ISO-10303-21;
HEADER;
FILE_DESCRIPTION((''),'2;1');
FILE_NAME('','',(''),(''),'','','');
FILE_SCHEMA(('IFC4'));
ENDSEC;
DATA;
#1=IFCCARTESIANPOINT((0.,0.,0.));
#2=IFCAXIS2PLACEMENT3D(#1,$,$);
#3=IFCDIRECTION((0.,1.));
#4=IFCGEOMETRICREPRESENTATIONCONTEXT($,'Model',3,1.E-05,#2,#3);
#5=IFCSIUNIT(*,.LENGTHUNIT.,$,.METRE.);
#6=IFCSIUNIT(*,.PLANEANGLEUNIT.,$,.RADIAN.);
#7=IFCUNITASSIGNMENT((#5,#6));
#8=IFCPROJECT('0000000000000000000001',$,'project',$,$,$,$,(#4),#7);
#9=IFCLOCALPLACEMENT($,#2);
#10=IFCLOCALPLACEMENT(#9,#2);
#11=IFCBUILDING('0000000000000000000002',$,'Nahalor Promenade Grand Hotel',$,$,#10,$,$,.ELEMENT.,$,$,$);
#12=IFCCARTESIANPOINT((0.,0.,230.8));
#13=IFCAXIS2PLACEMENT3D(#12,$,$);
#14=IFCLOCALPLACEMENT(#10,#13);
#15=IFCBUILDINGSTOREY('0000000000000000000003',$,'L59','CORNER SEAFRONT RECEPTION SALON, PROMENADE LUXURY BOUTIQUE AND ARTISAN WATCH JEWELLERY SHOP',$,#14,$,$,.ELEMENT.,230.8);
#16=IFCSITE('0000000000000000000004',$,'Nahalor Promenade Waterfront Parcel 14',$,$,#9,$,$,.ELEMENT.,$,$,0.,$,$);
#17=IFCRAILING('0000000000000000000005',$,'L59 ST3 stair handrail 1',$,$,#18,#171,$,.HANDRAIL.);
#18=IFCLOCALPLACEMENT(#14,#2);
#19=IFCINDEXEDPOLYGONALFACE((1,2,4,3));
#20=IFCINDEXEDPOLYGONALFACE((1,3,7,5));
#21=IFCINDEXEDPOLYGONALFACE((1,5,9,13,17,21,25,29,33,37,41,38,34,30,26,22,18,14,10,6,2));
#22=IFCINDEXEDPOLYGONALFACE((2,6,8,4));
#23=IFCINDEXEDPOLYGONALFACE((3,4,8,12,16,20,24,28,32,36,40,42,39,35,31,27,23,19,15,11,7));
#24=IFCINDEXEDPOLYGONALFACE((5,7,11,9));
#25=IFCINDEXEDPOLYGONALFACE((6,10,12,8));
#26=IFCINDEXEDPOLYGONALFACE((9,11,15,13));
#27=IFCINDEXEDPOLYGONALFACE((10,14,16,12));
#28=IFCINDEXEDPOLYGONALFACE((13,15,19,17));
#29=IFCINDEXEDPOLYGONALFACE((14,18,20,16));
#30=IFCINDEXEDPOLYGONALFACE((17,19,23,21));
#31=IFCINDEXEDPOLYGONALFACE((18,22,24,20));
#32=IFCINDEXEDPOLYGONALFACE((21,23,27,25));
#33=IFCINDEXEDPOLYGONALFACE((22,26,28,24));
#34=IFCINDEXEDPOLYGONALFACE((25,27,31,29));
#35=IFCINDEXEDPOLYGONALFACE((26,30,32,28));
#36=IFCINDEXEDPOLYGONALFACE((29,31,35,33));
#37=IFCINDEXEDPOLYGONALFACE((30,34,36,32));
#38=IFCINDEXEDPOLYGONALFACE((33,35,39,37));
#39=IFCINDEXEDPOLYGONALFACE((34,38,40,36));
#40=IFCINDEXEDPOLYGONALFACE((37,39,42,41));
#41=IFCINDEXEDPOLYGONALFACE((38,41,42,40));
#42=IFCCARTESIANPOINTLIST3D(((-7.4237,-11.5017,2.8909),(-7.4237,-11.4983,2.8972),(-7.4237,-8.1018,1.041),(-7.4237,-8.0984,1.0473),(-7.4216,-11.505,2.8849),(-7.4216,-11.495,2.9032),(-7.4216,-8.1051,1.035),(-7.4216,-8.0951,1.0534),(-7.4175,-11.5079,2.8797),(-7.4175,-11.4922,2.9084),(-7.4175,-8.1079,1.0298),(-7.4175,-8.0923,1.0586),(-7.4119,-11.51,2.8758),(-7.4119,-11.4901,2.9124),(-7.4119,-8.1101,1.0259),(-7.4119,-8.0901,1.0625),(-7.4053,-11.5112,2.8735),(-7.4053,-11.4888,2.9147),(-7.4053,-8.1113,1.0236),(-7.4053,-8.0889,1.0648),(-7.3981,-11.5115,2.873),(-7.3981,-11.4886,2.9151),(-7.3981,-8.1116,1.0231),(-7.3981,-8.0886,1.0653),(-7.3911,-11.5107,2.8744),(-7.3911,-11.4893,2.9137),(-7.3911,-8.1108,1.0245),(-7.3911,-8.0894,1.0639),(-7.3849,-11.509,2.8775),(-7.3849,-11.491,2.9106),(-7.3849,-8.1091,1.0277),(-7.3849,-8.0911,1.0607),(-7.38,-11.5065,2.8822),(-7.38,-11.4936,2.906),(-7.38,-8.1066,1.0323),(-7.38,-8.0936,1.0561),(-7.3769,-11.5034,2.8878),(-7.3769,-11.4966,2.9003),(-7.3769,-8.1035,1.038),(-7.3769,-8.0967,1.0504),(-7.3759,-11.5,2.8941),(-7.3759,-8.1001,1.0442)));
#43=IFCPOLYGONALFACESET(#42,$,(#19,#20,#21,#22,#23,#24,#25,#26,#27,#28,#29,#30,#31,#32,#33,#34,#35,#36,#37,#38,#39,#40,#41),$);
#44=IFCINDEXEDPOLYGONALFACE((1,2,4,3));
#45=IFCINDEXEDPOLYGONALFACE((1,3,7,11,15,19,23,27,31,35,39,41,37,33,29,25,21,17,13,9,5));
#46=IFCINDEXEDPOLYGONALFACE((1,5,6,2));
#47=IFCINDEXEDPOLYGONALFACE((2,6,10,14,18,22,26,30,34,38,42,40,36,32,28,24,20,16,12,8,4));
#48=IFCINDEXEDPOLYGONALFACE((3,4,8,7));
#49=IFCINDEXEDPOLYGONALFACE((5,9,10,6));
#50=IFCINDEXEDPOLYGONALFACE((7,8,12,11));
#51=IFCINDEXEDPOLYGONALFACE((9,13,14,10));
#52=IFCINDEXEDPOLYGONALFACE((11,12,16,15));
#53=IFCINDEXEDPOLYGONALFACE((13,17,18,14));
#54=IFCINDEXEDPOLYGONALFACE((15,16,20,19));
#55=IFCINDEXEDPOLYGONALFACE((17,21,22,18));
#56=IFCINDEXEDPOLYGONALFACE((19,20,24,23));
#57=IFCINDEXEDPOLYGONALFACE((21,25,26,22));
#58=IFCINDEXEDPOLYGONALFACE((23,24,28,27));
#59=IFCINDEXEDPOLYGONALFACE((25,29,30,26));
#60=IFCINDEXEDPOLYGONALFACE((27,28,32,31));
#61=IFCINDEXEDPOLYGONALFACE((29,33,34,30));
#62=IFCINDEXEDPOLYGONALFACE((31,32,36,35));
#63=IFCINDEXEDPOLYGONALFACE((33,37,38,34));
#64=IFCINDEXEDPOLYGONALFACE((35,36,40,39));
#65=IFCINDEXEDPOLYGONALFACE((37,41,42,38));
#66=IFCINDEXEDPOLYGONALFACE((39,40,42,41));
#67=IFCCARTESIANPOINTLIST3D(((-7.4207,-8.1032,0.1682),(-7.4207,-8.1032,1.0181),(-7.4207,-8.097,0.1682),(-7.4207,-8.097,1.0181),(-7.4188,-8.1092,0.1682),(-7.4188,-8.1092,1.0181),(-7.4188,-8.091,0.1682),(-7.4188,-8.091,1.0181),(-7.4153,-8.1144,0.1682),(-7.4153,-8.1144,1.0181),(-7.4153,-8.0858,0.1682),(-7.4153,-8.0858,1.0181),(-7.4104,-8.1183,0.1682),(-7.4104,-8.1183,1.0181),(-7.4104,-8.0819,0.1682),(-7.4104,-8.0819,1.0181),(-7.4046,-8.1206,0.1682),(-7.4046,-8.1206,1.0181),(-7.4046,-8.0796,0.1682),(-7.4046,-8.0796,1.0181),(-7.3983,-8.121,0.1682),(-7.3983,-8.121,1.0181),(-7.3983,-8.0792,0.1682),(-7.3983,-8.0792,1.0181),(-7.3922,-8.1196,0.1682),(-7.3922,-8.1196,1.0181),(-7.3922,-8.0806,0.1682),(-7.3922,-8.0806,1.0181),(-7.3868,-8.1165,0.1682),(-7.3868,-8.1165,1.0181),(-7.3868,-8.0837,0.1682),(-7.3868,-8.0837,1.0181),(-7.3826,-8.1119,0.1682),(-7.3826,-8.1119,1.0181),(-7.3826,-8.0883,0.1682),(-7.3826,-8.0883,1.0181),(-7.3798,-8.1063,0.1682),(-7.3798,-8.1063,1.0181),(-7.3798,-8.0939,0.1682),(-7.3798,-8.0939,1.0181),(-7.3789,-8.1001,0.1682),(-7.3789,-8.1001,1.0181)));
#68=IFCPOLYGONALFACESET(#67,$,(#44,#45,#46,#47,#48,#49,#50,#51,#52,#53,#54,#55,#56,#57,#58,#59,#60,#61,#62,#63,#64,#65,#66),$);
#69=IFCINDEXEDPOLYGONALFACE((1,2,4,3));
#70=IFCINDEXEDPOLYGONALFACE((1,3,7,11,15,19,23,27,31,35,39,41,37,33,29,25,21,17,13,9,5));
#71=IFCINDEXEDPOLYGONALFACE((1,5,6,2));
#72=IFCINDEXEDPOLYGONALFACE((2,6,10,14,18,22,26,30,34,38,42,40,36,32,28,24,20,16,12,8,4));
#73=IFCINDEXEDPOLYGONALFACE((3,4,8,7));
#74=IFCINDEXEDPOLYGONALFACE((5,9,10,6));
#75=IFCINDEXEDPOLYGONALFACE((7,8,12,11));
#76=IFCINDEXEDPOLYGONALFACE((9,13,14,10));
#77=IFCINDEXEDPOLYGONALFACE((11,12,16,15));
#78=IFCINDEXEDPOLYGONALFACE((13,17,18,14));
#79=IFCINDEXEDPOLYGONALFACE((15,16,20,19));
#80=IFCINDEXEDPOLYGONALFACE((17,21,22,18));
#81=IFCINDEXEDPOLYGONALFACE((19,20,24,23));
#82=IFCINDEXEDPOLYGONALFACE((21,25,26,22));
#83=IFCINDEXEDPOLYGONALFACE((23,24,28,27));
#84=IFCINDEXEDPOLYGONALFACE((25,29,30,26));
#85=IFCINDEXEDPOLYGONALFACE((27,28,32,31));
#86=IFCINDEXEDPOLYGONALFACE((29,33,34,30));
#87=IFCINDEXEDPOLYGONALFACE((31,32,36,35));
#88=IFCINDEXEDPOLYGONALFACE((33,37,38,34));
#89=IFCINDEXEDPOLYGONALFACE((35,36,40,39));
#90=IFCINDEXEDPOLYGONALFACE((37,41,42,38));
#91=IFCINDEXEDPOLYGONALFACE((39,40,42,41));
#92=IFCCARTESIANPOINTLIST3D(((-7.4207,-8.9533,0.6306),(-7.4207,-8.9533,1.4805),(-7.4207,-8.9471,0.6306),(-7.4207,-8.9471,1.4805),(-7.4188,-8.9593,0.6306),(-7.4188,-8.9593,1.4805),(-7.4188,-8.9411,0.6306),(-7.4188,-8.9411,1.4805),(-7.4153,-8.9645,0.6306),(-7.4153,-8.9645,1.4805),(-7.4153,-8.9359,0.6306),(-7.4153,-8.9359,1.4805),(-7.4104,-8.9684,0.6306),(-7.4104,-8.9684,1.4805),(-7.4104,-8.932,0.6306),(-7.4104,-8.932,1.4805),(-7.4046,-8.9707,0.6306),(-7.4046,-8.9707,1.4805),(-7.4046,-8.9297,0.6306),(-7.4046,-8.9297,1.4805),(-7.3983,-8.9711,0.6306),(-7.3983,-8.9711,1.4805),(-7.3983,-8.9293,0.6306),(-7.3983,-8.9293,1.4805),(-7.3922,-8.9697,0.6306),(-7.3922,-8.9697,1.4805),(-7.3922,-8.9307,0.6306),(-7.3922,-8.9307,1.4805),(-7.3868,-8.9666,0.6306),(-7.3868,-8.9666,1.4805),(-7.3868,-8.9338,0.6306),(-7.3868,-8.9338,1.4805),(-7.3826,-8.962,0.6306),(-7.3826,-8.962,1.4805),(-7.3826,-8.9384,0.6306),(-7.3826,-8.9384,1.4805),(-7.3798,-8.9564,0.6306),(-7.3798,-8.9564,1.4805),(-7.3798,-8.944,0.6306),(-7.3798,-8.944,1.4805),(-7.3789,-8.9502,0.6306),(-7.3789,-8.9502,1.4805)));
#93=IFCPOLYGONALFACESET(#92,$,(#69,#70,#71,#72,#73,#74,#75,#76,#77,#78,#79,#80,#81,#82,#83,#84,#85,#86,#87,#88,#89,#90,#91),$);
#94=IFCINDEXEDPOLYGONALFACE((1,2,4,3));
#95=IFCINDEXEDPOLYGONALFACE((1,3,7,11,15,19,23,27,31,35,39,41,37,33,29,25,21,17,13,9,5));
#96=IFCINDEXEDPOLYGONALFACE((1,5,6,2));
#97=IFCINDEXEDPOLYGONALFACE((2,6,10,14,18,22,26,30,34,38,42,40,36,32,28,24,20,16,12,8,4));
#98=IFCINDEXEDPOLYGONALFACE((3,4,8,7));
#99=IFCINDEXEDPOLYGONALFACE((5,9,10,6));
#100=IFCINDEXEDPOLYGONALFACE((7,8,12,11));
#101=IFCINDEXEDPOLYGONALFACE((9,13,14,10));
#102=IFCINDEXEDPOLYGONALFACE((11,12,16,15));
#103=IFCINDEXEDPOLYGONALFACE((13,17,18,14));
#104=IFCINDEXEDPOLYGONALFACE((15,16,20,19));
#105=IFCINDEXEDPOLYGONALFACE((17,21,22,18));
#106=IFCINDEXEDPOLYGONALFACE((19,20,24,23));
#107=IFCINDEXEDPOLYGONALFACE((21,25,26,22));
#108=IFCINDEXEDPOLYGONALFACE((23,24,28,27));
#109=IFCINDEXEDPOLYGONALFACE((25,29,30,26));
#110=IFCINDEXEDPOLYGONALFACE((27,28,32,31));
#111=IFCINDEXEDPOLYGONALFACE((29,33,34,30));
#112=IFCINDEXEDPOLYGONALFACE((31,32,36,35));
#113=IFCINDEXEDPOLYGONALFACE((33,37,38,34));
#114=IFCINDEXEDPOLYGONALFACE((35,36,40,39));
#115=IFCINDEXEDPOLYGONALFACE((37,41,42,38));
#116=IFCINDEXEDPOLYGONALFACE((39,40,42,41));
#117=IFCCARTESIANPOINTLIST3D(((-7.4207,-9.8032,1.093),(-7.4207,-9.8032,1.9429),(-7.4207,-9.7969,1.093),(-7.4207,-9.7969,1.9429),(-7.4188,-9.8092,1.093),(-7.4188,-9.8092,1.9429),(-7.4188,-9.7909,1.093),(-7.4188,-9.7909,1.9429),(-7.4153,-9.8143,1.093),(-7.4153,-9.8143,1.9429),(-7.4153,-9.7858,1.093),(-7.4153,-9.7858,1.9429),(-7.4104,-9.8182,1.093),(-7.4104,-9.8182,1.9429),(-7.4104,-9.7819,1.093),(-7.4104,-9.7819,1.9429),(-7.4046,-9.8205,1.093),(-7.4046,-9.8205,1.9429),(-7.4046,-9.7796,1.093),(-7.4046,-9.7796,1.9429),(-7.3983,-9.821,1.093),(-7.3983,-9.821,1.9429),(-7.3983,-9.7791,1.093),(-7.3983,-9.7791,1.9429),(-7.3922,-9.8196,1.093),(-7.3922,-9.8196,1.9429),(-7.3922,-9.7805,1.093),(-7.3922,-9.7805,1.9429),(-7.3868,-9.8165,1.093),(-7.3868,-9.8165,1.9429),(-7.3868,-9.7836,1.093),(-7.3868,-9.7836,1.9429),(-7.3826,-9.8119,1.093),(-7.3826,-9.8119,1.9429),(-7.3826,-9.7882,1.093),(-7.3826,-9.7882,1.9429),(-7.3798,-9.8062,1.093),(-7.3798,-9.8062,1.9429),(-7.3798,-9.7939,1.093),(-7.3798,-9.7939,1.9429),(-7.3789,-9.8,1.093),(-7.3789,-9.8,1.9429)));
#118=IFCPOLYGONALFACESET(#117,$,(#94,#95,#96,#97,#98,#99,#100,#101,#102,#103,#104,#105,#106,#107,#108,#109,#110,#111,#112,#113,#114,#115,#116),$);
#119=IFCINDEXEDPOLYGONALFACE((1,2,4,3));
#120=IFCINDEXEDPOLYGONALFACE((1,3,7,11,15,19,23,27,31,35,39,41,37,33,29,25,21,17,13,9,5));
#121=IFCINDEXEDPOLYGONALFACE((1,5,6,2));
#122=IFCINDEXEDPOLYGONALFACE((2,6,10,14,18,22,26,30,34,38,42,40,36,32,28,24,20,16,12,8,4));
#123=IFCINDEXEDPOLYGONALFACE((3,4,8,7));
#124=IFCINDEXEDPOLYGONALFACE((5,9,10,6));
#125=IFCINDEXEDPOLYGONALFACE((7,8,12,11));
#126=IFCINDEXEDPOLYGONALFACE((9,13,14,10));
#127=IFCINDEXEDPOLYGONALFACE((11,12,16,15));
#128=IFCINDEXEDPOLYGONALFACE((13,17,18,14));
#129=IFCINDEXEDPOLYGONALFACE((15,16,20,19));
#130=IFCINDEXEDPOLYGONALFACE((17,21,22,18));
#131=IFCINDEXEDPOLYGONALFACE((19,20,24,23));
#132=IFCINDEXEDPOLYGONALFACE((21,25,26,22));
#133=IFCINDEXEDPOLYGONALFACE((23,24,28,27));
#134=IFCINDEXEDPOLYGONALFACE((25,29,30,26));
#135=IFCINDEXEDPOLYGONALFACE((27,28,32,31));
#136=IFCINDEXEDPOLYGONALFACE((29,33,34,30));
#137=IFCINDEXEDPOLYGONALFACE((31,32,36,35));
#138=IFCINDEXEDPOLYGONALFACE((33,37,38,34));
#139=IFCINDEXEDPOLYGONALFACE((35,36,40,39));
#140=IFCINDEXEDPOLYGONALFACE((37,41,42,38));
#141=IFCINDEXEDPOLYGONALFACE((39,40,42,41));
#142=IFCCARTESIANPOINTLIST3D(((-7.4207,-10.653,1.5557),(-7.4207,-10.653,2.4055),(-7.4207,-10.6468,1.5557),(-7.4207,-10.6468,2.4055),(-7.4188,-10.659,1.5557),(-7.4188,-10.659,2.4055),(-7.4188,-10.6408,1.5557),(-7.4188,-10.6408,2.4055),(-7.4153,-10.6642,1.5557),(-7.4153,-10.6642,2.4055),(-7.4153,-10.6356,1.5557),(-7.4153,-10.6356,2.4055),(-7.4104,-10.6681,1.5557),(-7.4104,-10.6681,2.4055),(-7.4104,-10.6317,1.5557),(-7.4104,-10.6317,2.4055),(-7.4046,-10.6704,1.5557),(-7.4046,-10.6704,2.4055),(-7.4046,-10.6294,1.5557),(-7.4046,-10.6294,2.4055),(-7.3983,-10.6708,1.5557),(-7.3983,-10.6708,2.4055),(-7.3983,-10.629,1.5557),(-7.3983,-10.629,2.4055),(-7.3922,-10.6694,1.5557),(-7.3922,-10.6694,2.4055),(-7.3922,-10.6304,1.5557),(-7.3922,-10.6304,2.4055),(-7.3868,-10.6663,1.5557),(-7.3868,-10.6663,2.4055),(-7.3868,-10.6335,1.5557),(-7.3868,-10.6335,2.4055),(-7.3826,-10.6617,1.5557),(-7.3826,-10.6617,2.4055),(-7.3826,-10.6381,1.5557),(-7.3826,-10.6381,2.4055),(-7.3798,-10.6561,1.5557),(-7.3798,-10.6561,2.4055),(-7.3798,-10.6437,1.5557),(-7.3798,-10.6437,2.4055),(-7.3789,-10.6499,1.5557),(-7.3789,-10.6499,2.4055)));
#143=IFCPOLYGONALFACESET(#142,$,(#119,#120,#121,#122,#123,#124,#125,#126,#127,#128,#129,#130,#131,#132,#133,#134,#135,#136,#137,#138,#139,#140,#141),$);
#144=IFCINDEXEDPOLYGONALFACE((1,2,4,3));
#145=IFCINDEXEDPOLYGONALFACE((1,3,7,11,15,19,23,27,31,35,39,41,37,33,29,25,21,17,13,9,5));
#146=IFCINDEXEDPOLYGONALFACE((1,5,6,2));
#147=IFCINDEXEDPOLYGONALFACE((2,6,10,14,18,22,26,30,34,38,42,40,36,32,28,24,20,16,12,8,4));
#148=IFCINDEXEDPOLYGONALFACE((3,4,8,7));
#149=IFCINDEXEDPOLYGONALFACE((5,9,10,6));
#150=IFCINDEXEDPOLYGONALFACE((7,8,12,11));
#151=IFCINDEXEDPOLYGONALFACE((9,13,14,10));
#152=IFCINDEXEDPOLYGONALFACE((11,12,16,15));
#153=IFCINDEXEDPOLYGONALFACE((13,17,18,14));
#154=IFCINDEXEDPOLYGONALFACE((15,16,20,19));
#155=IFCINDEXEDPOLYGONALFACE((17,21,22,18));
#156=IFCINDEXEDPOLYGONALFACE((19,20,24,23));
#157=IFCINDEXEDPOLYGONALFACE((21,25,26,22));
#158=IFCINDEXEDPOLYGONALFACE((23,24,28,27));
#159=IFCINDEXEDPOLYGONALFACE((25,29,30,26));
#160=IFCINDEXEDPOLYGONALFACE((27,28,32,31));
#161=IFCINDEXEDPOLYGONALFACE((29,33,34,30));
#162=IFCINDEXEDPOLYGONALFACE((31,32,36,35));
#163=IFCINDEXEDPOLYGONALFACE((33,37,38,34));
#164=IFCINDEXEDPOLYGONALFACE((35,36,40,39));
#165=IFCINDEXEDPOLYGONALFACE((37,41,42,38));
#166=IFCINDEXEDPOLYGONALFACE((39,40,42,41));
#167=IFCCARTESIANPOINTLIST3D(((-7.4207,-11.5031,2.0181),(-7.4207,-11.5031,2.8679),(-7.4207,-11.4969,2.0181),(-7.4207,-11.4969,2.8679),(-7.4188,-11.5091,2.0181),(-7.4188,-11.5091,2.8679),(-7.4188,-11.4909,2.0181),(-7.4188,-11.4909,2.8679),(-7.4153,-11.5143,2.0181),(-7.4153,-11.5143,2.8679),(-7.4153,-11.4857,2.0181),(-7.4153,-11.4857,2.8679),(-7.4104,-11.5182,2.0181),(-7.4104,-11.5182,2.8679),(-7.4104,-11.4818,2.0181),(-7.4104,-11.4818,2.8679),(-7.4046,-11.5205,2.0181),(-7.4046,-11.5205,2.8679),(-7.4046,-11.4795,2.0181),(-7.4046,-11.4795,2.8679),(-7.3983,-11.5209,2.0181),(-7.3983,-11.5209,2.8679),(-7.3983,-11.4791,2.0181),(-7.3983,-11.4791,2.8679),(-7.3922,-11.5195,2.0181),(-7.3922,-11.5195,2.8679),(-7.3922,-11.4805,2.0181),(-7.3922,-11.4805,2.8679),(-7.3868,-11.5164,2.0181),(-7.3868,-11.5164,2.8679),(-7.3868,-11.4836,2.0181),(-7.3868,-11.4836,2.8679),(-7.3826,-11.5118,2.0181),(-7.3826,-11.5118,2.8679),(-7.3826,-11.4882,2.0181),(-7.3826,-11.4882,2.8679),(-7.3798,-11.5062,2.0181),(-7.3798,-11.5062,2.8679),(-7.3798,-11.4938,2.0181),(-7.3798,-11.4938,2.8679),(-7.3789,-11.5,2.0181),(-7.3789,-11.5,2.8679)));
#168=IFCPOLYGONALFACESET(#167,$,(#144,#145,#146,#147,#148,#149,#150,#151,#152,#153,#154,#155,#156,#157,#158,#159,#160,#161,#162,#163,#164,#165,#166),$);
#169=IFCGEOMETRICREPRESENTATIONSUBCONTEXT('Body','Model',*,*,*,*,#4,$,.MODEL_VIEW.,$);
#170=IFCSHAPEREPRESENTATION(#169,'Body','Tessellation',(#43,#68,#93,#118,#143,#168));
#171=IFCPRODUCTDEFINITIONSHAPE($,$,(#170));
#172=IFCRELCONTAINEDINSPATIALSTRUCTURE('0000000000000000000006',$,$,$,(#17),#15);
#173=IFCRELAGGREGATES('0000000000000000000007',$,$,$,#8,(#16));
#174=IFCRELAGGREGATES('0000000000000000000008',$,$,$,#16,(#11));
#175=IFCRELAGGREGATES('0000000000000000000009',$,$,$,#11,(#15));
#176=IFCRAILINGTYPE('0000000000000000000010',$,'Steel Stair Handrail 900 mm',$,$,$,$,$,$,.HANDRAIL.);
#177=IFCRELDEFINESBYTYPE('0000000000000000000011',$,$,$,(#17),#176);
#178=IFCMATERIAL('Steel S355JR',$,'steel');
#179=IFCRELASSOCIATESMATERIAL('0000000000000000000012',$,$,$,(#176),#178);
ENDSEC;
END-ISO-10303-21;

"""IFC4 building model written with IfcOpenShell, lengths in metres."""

from ifc_helpers import new_model, si_unit, direction, frame, origin, origin_2d, place, context, subcontext, project, spatial, circle, extrude, material, type_object, element, save


model = new_model("IFC4")

# Units and contexts
model_context = context("Model", 3, precision=1e-05, world=origin(), true_north=direction((0.0, 1.0)))
body_context = subcontext(model_context, "Body", "Model", "MODEL_VIEW")
ifc_project = project(units=[si_unit("LENGTHUNIT", "METRE"), si_unit("PLANEANGLEUNIT", "RADIAN")], contexts=[model_context])

# Site, building, storey
site_placement = place(None, origin())
site = spatial("IfcSite", under=ifc_project, at=site_placement, Name="Nahalor Promenade Waterfront Parcel 14", CompositionType="ELEMENT", RefElevation=0.0)
building_placement = place(site_placement, origin())
building = spatial("IfcBuilding", under=site, at=building_placement, Name="Nahalor Promenade Grand Hotel", CompositionType="ELEMENT")
storey_placement = place(building_placement, frame((0.0, 0.0, 230.8)))
storey = spatial("IfcBuildingStorey", under=building, at=storey_placement, Name="L59", Description="CORNER SEAFRONT RECEPTION SALON, PROMENADE LUXURY BOUTIQUE AND ARTISAN WATCH JEWELLERY SHOP", CompositionType="ELEMENT", Elevation=230.8)

# Shared definitions
ifc_material_1 = material(Name="Steel S355JR", Category="steel")

# Railing
railing_type_1 = type_object("IfcRailingType", Name="Steel Stair Handrail 900 mm", PredefinedType="HANDRAIL", material=ifc_material_1)
railing_1_placement = place(storey_placement, frame((-7.3999, -8.1001, 0.1682)))
element("IfcRailing", 1, at=railing_1_placement, inside=storey, type_object=railing_type_1, Name="L59 ST3 stair handrail 1", PredefinedType="HANDRAIL", context=body_context, shape_type="SweptSolid", body=[
    extrude(circle(Radius=0.024, at=origin_2d()), frame((0.0, 0.0, 0.876), z_axis=(0.0, -0.878399, 0.477928), x_axis=(1.0, 0.0, 0.0)), (0.0, 0.0, 1.0), 3.8706),
    extrude(circle(Radius=0.021, at=origin_2d()), origin(), (0.0, 0.0, 1.0), 0.8499),
    extrude(circle(Radius=0.021, at=origin_2d()), frame((0.0, -0.8501, 0.4624)), (0.0, 0.0, 1.0), 0.8499),
    extrude(circle(Radius=0.021, at=origin_2d()), frame((0.0, -1.7, 0.9248)), (0.0, 0.0, 1.0), 0.8499),
    extrude(circle(Radius=0.021, at=origin_2d()), frame((0.0, -2.5498, 1.3875)), (0.0, 0.0, 1.0), 0.8499),
    extrude(circle(Radius=0.021, at=origin_2d()), frame((0.0, -3.3999, 1.8499)), (0.0, 0.0, 1.0), 0.8499),
])

save(model, "model.ifc")
